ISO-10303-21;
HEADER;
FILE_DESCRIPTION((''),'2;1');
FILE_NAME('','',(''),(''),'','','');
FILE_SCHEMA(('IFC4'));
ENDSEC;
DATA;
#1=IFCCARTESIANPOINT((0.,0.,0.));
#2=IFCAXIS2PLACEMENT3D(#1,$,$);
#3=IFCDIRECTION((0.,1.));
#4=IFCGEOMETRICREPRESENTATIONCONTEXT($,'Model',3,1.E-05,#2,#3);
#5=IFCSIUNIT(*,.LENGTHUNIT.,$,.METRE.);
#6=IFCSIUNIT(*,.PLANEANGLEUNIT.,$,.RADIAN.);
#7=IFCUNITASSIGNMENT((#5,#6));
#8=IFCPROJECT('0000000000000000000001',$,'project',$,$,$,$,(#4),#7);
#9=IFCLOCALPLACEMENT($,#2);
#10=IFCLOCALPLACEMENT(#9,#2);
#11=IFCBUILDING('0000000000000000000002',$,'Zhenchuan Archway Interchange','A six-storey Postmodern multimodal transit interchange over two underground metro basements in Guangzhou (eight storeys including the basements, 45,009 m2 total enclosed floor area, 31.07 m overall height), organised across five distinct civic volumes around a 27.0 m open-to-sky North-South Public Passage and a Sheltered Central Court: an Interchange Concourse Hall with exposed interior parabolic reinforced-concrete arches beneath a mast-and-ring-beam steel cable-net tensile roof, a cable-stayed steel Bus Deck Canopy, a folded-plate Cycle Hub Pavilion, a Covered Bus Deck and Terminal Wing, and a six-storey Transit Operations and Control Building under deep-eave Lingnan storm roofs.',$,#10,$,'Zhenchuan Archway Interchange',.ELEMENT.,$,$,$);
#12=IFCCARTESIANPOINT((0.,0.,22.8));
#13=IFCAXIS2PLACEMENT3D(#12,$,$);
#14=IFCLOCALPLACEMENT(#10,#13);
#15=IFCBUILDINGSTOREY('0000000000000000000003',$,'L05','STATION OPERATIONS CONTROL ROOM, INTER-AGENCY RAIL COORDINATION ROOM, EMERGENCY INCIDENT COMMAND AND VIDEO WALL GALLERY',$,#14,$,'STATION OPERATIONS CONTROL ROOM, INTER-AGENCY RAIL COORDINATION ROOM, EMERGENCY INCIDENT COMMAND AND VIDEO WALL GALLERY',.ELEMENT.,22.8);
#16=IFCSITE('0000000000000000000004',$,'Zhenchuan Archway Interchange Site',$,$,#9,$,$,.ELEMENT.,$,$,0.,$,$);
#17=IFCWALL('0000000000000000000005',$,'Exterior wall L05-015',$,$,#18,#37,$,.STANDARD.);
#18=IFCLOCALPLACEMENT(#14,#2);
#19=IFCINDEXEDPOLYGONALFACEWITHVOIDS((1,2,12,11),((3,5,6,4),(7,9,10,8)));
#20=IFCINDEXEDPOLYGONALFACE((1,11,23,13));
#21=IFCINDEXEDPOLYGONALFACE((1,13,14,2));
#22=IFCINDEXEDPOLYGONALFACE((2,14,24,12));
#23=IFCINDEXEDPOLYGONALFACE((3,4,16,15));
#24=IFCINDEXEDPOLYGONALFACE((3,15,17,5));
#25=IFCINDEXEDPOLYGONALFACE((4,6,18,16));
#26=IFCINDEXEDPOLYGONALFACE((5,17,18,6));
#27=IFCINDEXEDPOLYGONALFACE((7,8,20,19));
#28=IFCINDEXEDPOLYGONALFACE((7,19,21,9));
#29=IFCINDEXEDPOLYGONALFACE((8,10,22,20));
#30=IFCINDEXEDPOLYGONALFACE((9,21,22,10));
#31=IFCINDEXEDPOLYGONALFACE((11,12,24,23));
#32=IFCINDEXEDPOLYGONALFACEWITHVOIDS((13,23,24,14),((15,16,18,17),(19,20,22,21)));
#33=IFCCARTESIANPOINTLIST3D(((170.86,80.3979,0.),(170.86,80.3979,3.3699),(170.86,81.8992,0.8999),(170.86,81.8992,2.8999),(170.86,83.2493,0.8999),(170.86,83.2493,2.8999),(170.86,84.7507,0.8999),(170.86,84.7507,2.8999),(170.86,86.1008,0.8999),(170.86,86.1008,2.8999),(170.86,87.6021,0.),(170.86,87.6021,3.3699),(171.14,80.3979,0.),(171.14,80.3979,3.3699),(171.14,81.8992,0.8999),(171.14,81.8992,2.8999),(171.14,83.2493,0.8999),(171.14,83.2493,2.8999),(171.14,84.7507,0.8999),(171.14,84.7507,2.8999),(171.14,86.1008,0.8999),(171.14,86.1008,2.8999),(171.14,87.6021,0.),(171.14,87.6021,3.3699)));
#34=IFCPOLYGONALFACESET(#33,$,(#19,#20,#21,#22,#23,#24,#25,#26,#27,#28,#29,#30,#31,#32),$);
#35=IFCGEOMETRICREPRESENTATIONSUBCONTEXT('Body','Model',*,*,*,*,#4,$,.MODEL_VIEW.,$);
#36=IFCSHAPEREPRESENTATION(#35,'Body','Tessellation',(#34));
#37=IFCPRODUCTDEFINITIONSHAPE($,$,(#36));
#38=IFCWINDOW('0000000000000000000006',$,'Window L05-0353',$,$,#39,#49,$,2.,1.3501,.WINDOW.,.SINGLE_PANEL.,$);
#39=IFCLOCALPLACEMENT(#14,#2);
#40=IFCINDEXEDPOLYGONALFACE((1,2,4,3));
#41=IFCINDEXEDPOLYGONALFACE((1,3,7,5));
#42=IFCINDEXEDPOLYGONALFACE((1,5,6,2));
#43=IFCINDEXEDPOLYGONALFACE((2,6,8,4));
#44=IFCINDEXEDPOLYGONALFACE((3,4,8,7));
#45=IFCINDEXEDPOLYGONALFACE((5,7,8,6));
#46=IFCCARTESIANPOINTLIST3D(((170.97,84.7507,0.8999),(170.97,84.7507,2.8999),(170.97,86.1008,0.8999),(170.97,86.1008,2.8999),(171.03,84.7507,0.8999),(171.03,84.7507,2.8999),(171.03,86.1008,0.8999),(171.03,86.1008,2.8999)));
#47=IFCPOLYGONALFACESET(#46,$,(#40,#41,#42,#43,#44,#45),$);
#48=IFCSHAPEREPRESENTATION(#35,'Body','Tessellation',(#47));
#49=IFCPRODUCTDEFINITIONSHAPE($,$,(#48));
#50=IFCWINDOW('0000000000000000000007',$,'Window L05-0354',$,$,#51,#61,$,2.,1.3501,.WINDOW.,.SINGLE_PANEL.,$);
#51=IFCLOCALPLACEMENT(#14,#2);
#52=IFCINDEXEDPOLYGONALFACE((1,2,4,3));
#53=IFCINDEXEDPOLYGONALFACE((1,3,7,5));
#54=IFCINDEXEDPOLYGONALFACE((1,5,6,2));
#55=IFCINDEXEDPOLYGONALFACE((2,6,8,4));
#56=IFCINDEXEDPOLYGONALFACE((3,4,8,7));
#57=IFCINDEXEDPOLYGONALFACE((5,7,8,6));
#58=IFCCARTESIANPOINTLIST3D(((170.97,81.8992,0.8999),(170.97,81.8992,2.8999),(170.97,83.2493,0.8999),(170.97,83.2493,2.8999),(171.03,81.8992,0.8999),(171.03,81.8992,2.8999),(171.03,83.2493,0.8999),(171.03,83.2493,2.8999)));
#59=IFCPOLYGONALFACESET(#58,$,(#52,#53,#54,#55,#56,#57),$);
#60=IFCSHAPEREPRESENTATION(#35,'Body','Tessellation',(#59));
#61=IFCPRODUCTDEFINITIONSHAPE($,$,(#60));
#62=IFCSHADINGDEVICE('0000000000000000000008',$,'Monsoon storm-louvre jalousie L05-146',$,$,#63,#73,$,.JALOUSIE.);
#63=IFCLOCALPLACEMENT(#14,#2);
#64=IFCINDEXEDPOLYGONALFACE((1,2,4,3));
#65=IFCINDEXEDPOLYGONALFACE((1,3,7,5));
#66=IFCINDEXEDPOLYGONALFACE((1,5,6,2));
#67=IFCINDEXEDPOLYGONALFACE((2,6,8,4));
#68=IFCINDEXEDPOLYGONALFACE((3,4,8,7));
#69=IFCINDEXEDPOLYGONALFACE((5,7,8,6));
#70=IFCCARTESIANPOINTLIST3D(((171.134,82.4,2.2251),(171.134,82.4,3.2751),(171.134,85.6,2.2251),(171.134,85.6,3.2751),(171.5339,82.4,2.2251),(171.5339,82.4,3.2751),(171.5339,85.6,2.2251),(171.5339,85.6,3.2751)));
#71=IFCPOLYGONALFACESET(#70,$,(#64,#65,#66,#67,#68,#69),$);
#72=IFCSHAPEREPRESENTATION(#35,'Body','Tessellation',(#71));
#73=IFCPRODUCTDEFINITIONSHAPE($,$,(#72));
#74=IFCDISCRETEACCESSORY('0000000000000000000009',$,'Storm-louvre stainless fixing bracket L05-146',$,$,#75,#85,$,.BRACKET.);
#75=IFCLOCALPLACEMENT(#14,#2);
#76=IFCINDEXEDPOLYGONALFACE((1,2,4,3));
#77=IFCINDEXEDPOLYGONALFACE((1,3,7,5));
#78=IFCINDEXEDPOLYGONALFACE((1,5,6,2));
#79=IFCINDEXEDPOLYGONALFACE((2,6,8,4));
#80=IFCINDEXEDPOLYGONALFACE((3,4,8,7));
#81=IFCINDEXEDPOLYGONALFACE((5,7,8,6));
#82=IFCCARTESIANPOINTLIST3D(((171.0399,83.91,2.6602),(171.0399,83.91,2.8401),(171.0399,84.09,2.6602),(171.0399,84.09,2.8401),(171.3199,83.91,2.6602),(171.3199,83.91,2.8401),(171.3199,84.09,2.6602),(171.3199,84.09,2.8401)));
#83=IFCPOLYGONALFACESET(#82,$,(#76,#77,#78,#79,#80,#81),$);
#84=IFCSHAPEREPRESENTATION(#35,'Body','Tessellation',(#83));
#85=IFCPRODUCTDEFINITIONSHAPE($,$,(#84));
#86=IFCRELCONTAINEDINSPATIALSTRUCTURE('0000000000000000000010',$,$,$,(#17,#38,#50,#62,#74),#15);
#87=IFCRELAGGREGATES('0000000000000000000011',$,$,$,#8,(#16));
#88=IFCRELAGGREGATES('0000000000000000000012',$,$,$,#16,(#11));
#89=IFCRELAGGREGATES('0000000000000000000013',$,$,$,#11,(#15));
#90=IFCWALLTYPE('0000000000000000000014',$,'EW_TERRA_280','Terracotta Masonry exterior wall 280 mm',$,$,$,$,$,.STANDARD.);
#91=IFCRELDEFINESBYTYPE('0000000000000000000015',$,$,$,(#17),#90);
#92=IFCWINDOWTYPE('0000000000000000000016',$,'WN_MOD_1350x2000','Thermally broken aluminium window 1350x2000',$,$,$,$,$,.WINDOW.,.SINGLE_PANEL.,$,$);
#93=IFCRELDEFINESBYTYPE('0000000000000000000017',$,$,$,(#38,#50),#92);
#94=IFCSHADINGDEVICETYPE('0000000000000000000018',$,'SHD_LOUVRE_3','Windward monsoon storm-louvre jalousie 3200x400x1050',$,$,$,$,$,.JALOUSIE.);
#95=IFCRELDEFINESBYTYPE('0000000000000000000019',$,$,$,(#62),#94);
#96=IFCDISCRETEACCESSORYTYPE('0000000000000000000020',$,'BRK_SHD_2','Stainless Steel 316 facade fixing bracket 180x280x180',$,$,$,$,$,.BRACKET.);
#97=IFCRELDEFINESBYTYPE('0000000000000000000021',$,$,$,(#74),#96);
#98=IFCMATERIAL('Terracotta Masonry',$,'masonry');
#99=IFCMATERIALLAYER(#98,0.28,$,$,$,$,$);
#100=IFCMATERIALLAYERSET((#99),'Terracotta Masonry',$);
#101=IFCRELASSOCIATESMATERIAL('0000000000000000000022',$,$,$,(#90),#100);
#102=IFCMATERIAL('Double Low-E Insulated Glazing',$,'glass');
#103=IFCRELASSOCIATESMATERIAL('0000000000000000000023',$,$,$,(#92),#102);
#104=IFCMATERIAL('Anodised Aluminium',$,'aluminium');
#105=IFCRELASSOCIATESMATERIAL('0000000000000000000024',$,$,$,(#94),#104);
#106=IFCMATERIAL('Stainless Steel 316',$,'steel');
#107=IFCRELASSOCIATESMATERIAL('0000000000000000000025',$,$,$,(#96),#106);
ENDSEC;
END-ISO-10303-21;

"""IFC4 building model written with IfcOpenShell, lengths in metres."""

from ifc_helpers import new_model, si_unit, direction, frame, frame_2d, origin, origin_2d, place, context, subcontext, project, spatial, rectangle, extrude, material, layer, layer_set, type_object, element, fill, save


model = new_model("IFC4")

# Units and contexts
model_context = context("Model", 3, precision=1e-05, world=origin(), true_north=direction((0.0, 1.0)))
body_context = subcontext(model_context, "Body", "Model", "MODEL_VIEW")
ifc_project = project(units=[si_unit("LENGTHUNIT", "METRE"), si_unit("PLANEANGLEUNIT", "RADIAN")], contexts=[model_context])

# Site, building, storey
site_placement = place(None, origin())
site = spatial("IfcSite", under=ifc_project, at=site_placement, Name="Zhenchuan Archway Interchange Site", CompositionType="ELEMENT", RefElevation=0.0)
building_placement = place(site_placement, origin())
building = spatial("IfcBuilding", under=site, at=building_placement, Name="Zhenchuan Archway Interchange", Description="A six-storey Postmodern multimodal transit interchange over two underground metro basements in Guangzhou (eight storeys including the basements, 45,009 m2 total enclosed floor area, 31.07 m overall height), organised across five distinct civic volumes around a 27.0 m open-to-sky North-South Public Passage and a Sheltered Central Court: an Interchange Concourse Hall with exposed interior parabolic reinforced-concrete arches beneath a mast-and-ring-beam steel cable-net tensile roof, a cable-stayed steel Bus Deck Canopy, a folded-plate Cycle Hub Pavilion, a Covered Bus Deck and Terminal Wing, and a six-storey Transit Operations and Control Building under deep-eave Lingnan storm roofs.", LongName="Zhenchuan Archway Interchange", CompositionType="ELEMENT")
storey_placement = place(building_placement, frame((0.0, 0.0, 22.8)))
storey = spatial("IfcBuildingStorey", under=building, at=storey_placement, Name="L05", Description="STATION OPERATIONS CONTROL ROOM, INTER-AGENCY RAIL COORDINATION ROOM, EMERGENCY INCIDENT COMMAND AND VIDEO WALL GALLERY", LongName="STATION OPERATIONS CONTROL ROOM, INTER-AGENCY RAIL COORDINATION ROOM, EMERGENCY INCIDENT COMMAND AND VIDEO WALL GALLERY", CompositionType="ELEMENT", Elevation=22.8)

# Shared definitions
ifc_material_1 = material(Name="Anodised Aluminium", Category="aluminium")

# Shared definitions
ifc_material_2 = material(Name="Double Low-E Insulated Glazing", Category="glass")

# Wall, openings, windows
ifc_material_3 = material(Name="Terracotta Masonry", Category="masonry")
ifc_layer_1 = layer(ifc_material_3, 0.28)
ifc_layer_set_1 = layer_set([ifc_layer_1], Name="Terracotta Masonry")
wall_type = type_object("IfcWallType", Name="EW_TERRA_280", Description="Terracotta Masonry exterior wall 280 mm", PredefinedType="STANDARD", material=ifc_layer_set_1)
wall_placement = place(storey_placement, frame((171.0, 87.6021, 0.0), z_axis=(0.0, 0.0, 1.0), x_axis=(0.0, -1.0, 0.0)))
wall = element("IfcWall", 1, at=wall_placement, inside=storey, type_object=wall_type, Name="Exterior wall L05-015", PredefinedType="STANDARD", context=body_context, shape_type="SweptSolid", body=[
    extrude(rectangle(XDim=7.2041, YDim=0.28, at=frame_2d((3.6021, 0.0))), origin(), (0.0, 0.0, 1.0), 3.3699),
])
opening_1_placement = place(wall_placement, frame((1.5012, 0.0, 0.8999)))
opening_1 = element("IfcOpeningElement", 2, at=opening_1_placement, cuts=wall, PredefinedType="OPENING", context=body_context, shape_type="SweptSolid", body=[
    extrude(rectangle(XDim=1.3501, YDim=2.0, at=frame_2d((0.675, 1.0))), frame((0.0, 0.1519, 0.0), z_axis=(0.0, -1.0, 0.0), x_axis=(1.0, 0.0, 0.0)), (0.0, 0.0, 1.0), 0.304),
])
opening_2_placement = place(wall_placement, frame((4.3528, 0.0, 0.8999)))
opening_2 = element("IfcOpeningElement", 3, at=opening_2_placement, cuts=wall, PredefinedType="OPENING", context=body_context, shape_type="SweptSolid", body=[
    extrude(rectangle(XDim=1.3501, YDim=2.0, at=frame_2d((0.675, 1.0))), frame((0.0, 0.1519, 0.0), z_axis=(0.0, -1.0, 0.0), x_axis=(1.0, 0.0, 0.0)), (0.0, 0.0, 1.0), 0.304),
])
window_type = type_object("IfcWindowType", Name="WN_MOD_1350x2000", Description="Thermally broken aluminium window 1350x2000", PartitioningType="SINGLE_PANEL", PredefinedType="WINDOW", material=ifc_material_2)
window_1_placement = place(opening_1_placement, origin())
window_1 = element("IfcWindow", 4, at=window_1_placement, inside=storey, type_object=window_type, Name="Window L05-0353", OverallHeight=2.0, OverallWidth=1.3501, PartitioningType="SINGLE_PANEL", PredefinedType="WINDOW", context=body_context, shape_type="SweptSolid", body=[
    extrude(rectangle(XDim=1.3501, YDim=2.0, at=frame_2d((0.675, 1.0))), frame((0.0, 0.03, 0.0), z_axis=(0.0, -1.0, 0.0), x_axis=(1.0, 0.0, 0.0)), (0.0, 0.0, 1.0), 0.0601),
])
fill(opening_1, window_1)
window_2_placement = place(opening_2_placement, origin())
window_2 = element("IfcWindow", 5, at=window_2_placement, inside=storey, type_object=window_type, Name="Window L05-0354", OverallHeight=2.0, OverallWidth=1.3501, PartitioningType="SINGLE_PANEL", PredefinedType="WINDOW", context=body_context, shape_type="SweptSolid", body=[
    extrude(rectangle(XDim=1.3501, YDim=2.0, at=frame_2d((0.675, 1.0))), frame((0.0, 0.03, 0.0), z_axis=(0.0, -1.0, 0.0), x_axis=(1.0, 0.0, 0.0)), (0.0, 0.0, 1.0), 0.0601),
])
fill(opening_2, window_2)

# Shading device
shading_device_type = type_object("IfcShadingDeviceType", Name="SHD_LOUVRE_3", Description="Windward monsoon storm-louvre jalousie 3200x400x1050", PredefinedType="JALOUSIE", material=ifc_material_1)
shading_device_placement = place(storey_placement, frame((171.334, 84.0, 2.2251), z_axis=(0.0, 0.0, 1.0), x_axis=(0.0, -1.0, 0.0)))
element("IfcShadingDevice", 6, at=shading_device_placement, inside=storey, type_object=shading_device_type, Name="Monsoon storm-louvre jalousie L05-146", PredefinedType="JALOUSIE", context=body_context, shape_type="SweptSolid", body=[
    extrude(rectangle(XDim=3.2, YDim=0.3999, at=origin_2d()), origin(), (0.0, 0.0, 1.0), 1.05),
])

# Discrete accessory
ifc_material_4 = material(Name="Stainless Steel 316", Category="steel")
discrete_accessory_type = type_object("IfcDiscreteAccessoryType", Name="BRK_SHD_2", Description="Stainless Steel 316 facade fixing bracket 180x280x180", PredefinedType="BRACKET", material=ifc_material_4)
discrete_accessory_placement = place(storey_placement, frame((171.1799, 84.0, 2.6602), z_axis=(0.0, 0.0, 1.0), x_axis=(0.0, -1.0, 0.0)))
element("IfcDiscreteAccessory", 7, at=discrete_accessory_placement, inside=storey, type_object=discrete_accessory_type, Name="Storm-louvre stainless fixing bracket L05-146", PredefinedType="BRACKET", context=body_context, shape_type="SweptSolid", body=[
    extrude(rectangle(XDim=0.1799, YDim=0.28, at=origin_2d()), origin(), (0.0, 0.0, 1.0), 0.1799),
])

save(model, "model.ifc")
